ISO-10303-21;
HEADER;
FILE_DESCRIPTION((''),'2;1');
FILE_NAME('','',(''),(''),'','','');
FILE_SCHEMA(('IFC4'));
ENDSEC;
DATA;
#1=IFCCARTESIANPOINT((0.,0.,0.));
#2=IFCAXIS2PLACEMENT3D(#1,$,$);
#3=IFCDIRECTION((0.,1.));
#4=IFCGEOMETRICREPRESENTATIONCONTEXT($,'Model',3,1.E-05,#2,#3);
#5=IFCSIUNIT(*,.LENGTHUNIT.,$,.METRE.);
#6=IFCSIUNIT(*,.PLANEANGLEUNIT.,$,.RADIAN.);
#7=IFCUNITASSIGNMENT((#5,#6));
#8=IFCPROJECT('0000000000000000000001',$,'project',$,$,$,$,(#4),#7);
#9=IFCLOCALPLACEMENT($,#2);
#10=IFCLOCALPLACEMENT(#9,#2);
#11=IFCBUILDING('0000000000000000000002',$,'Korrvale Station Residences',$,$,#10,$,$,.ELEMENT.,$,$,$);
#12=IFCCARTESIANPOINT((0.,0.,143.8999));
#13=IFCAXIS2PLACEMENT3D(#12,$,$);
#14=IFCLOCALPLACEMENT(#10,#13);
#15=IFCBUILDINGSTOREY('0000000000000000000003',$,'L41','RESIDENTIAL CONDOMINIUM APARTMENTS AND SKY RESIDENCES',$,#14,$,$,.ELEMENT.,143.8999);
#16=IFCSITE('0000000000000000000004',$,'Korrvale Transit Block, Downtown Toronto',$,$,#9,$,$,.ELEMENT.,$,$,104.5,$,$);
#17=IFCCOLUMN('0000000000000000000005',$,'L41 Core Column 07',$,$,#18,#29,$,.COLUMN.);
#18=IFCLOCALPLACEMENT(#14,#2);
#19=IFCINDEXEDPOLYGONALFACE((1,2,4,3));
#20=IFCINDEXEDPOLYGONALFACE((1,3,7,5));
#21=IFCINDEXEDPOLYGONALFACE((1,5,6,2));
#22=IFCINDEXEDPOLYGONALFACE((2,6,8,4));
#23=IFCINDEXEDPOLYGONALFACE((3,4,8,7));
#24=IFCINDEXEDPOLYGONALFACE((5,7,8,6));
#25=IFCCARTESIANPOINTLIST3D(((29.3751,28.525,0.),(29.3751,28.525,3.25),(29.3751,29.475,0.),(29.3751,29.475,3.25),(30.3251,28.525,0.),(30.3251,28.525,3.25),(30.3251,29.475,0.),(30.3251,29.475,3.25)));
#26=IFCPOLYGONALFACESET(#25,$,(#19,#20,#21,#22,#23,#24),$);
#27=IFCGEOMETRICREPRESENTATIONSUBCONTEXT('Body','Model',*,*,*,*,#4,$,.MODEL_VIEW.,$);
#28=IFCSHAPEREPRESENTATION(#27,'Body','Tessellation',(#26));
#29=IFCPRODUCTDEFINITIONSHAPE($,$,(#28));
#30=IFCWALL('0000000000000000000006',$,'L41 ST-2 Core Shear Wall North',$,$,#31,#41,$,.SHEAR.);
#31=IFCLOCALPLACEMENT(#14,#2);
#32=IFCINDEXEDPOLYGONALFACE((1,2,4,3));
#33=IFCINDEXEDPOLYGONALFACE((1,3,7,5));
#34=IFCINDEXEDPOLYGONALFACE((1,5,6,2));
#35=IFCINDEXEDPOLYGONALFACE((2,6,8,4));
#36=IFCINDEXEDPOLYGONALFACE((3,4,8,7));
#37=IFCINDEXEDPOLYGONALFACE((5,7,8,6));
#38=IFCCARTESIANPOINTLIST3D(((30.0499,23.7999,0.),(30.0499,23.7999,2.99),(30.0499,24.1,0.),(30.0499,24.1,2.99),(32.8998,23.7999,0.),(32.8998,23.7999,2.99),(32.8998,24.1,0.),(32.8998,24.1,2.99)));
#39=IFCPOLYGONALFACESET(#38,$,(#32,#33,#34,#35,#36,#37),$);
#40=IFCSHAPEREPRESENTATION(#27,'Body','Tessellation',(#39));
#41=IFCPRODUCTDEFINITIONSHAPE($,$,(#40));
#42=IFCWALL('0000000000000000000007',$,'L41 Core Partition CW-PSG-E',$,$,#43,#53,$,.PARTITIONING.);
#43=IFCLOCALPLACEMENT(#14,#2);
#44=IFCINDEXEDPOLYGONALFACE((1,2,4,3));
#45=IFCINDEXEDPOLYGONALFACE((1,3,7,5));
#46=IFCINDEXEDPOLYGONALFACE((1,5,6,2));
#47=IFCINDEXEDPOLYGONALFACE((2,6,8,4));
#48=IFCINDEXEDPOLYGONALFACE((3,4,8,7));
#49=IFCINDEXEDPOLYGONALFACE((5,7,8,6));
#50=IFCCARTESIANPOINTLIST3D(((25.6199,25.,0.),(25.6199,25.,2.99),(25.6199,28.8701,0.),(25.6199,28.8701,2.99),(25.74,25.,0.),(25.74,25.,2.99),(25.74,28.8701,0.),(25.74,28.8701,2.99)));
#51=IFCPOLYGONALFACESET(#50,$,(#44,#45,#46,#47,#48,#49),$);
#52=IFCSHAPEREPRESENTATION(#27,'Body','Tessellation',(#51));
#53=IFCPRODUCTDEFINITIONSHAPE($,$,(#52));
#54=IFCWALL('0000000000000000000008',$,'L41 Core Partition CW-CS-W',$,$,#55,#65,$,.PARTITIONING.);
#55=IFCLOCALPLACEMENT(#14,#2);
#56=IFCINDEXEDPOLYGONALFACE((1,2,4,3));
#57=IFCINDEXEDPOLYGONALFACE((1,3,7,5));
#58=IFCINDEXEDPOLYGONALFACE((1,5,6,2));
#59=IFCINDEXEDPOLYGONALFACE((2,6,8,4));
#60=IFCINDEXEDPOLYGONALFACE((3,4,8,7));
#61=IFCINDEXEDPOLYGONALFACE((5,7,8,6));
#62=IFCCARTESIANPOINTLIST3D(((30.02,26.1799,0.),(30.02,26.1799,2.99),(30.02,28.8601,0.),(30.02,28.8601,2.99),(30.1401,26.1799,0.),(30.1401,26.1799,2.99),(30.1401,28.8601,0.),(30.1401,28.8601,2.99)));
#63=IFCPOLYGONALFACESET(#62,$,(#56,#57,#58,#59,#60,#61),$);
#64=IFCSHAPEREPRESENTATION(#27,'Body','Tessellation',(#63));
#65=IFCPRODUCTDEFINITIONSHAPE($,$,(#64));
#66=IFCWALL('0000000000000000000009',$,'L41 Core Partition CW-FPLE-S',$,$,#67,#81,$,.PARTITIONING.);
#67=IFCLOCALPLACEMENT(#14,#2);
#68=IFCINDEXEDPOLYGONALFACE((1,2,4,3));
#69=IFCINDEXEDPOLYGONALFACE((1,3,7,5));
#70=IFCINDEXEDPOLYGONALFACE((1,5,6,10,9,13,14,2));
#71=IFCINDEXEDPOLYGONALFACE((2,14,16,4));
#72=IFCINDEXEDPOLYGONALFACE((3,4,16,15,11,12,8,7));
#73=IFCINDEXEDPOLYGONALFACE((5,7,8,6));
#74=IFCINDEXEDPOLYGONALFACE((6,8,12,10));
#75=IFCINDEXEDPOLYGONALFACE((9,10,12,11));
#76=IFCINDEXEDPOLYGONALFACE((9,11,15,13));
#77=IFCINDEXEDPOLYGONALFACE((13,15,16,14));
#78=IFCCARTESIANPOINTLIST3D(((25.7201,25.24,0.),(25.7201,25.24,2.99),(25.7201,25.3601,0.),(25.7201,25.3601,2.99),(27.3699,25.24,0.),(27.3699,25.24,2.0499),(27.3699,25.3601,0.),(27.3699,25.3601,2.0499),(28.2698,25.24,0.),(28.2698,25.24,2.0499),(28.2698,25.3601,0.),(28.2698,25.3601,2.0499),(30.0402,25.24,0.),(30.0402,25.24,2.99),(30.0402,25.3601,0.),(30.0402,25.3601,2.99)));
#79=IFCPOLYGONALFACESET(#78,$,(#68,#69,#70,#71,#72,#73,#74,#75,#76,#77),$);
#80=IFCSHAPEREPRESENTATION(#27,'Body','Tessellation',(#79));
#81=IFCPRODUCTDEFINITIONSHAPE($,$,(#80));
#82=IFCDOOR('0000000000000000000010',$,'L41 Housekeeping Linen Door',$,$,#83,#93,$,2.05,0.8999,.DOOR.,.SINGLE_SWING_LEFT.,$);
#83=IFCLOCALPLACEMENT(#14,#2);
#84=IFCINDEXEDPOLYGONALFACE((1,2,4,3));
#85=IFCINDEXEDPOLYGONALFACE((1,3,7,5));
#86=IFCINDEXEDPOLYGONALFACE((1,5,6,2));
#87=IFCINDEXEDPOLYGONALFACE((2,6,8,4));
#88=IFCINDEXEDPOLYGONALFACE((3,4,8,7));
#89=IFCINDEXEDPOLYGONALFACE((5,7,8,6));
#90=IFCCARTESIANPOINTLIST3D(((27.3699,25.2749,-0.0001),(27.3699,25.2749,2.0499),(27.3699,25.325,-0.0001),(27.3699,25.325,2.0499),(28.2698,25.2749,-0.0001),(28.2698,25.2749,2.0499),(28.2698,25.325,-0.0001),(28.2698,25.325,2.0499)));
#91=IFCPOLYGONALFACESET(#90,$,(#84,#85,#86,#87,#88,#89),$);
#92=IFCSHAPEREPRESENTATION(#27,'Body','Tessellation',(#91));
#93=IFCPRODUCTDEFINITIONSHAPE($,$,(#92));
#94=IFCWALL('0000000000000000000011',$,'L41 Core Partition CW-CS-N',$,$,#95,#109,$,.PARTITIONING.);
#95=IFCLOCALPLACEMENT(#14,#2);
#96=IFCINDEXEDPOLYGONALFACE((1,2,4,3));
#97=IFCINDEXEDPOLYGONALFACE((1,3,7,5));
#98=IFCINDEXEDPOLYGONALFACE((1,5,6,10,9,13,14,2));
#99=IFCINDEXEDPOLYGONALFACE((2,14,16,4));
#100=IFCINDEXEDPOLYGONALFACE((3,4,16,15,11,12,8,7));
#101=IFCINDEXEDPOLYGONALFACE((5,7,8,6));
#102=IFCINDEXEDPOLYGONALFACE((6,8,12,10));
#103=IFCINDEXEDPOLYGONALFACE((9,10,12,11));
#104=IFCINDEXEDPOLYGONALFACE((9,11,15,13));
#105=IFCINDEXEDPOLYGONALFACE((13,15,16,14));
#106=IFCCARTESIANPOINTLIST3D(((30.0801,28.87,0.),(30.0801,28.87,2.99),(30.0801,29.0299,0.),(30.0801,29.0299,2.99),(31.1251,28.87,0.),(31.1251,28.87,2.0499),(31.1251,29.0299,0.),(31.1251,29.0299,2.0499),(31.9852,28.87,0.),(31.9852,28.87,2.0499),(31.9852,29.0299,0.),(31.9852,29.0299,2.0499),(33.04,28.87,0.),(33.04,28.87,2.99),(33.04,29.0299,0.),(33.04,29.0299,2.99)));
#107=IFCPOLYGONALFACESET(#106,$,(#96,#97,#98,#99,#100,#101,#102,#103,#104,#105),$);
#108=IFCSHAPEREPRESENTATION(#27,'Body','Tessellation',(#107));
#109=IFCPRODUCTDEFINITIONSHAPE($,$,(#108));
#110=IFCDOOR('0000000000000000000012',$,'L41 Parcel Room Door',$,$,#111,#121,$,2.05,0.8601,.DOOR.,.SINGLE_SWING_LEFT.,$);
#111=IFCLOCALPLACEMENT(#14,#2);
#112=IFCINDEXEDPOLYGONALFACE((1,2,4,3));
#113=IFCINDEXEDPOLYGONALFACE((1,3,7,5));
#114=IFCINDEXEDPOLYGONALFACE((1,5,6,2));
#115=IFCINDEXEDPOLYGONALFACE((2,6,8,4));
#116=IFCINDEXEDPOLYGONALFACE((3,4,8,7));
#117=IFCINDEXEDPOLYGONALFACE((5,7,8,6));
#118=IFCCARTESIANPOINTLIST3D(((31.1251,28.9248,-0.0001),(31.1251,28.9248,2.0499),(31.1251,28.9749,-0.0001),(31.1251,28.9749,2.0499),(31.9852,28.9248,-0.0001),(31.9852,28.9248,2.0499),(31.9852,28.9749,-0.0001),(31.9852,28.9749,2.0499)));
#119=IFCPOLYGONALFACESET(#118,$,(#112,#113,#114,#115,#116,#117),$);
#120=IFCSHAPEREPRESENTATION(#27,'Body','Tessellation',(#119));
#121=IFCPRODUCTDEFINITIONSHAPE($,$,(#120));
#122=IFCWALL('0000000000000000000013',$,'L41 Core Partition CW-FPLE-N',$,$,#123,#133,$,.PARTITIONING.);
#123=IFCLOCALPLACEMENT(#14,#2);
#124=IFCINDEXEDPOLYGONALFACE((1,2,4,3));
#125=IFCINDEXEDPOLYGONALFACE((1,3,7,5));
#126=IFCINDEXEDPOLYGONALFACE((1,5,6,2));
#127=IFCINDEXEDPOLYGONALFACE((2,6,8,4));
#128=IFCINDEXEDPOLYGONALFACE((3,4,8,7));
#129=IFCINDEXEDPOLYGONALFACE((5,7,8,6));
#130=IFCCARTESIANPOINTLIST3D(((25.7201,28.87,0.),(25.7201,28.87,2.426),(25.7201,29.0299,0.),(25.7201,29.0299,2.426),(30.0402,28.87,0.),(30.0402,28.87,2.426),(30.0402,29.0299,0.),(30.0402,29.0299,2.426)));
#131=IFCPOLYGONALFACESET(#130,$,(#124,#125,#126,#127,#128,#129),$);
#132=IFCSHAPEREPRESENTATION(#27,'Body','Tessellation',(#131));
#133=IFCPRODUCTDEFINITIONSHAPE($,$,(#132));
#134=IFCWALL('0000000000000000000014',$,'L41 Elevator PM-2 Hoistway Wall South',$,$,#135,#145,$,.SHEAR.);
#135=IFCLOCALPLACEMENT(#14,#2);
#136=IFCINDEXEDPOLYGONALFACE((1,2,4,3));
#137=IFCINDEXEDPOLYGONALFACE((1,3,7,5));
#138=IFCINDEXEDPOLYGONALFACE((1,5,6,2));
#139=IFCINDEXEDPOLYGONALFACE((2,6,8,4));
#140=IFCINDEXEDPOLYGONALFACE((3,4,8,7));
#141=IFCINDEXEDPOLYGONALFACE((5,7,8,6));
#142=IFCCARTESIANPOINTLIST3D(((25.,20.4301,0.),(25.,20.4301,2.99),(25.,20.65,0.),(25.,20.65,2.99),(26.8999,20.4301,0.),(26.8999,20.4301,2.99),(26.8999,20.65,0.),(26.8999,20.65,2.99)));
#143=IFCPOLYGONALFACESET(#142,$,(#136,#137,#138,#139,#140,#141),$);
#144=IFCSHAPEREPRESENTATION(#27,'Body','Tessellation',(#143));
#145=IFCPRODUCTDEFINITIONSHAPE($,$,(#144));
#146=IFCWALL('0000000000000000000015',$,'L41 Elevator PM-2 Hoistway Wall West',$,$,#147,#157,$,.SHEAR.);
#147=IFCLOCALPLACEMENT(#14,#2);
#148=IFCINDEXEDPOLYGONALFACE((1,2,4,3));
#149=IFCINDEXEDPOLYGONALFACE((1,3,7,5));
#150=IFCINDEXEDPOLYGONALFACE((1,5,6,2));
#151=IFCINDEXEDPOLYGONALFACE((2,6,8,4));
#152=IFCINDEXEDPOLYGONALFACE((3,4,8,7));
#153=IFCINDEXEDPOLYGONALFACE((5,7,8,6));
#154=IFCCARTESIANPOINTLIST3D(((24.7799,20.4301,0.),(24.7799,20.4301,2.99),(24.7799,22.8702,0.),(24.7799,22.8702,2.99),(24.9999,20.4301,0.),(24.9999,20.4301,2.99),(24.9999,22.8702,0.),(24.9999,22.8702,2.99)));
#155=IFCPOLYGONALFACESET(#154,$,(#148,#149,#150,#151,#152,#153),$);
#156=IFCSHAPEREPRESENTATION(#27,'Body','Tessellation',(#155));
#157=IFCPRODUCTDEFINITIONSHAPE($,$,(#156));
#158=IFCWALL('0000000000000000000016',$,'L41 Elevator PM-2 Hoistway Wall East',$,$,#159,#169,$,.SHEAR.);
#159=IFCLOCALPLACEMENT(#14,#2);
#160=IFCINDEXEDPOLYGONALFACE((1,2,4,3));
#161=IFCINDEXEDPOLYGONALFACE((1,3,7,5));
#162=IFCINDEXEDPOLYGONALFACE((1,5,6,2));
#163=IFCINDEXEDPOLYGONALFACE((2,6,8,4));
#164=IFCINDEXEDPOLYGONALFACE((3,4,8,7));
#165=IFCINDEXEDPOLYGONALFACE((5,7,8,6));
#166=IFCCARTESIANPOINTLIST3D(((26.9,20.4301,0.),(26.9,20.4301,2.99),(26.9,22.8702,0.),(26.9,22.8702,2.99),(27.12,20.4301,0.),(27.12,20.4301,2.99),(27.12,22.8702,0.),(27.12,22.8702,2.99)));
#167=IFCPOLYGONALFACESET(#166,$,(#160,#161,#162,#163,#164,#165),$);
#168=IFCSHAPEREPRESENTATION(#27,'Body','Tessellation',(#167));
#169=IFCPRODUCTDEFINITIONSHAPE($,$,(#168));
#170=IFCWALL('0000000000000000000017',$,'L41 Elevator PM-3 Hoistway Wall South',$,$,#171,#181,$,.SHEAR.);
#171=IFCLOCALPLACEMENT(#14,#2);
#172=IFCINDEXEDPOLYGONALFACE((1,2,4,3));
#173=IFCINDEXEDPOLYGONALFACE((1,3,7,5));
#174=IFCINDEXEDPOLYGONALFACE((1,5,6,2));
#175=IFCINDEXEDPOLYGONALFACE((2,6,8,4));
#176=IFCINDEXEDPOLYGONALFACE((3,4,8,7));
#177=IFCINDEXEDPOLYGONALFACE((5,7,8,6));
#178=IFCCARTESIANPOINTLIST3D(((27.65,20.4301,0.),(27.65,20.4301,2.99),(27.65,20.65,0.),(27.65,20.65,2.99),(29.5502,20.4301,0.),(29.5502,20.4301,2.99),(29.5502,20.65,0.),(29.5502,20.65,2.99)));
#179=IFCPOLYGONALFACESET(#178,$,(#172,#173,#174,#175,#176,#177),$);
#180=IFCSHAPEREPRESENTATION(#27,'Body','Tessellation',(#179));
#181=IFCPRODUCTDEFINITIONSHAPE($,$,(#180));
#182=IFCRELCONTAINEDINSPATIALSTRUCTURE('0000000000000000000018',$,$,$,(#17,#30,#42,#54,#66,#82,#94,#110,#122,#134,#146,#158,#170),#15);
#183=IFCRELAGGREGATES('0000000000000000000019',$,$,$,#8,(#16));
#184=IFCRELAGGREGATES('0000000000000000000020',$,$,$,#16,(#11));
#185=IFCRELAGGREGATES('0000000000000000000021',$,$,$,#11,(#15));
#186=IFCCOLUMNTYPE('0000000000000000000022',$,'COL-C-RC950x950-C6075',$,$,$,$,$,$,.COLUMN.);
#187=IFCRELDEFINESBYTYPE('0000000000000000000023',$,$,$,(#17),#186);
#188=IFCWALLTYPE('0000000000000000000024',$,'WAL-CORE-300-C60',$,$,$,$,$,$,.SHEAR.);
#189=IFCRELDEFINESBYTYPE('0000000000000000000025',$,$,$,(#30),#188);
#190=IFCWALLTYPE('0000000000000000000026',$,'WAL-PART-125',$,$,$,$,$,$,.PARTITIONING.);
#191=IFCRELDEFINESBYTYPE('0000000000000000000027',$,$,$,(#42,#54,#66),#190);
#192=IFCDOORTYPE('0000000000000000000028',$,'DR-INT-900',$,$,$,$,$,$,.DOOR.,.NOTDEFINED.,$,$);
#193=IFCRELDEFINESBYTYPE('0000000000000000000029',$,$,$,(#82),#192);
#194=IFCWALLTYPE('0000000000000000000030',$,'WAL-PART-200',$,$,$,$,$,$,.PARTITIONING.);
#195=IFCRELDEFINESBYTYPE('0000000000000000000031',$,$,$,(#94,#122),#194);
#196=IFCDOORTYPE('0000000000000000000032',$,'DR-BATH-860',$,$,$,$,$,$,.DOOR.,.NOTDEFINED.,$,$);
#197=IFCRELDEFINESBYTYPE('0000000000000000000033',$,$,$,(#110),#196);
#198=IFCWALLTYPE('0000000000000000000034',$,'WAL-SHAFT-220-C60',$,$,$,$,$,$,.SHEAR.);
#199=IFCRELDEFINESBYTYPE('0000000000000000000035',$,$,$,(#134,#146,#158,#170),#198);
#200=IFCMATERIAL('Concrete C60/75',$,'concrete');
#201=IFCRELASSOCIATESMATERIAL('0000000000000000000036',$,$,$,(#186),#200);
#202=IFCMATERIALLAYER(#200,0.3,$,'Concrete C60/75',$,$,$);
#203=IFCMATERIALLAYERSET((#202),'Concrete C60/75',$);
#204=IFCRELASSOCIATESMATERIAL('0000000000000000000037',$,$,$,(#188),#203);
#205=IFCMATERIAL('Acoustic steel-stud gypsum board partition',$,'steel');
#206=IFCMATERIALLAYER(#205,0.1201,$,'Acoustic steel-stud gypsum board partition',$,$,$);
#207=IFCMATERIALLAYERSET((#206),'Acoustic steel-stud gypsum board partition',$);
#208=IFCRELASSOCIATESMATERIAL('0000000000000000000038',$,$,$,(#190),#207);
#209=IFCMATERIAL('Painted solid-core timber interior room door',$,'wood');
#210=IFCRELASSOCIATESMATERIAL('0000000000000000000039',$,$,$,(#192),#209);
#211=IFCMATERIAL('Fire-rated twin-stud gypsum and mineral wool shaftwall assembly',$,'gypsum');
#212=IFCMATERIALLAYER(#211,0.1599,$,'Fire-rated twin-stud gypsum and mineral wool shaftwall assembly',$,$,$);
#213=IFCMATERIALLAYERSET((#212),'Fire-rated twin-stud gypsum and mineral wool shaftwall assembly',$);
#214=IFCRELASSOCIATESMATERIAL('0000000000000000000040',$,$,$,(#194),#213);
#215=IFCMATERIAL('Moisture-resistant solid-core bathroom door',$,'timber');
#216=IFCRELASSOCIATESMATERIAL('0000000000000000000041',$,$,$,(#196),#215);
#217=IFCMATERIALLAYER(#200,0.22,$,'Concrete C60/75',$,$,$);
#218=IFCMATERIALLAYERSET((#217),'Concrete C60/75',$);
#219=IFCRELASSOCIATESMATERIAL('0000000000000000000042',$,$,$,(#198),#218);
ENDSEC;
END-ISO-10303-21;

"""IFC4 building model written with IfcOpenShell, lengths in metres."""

from ifc_helpers import new_model, si_unit, direction, frame, frame_2d, origin, origin_2d, place, context, subcontext, project, spatial, rectangle, extrude, material, layer, layer_set, material_profile, profile_set, type_object, element, fill, save


model = new_model("IFC4")

# Units and contexts
model_context = context("Model", 3, precision=1e-05, world=origin(), true_north=direction((0.0, 1.0)))
body_context = subcontext(model_context, "Body", "Model", "MODEL_VIEW")
ifc_project = project(units=[si_unit("LENGTHUNIT", "METRE"), si_unit("PLANEANGLEUNIT", "RADIAN")], contexts=[model_context])

# Site, building, storey
site_placement = place(None, origin())
site = spatial("IfcSite", under=ifc_project, at=site_placement, Name="Korrvale Transit Block, Downtown Toronto", CompositionType="ELEMENT", RefElevation=104.5)
building_placement = place(site_placement, origin())
building = spatial("IfcBuilding", under=site, at=building_placement, Name="Korrvale Station Residences", CompositionType="ELEMENT")
storey_placement = place(building_placement, frame((0.0, 0.0, 143.8999)))
storey = spatial("IfcBuildingStorey", under=building, at=storey_placement, Name="L41", Description="RESIDENTIAL CONDOMINIUM APARTMENTS AND SKY RESIDENCES", CompositionType="ELEMENT", Elevation=143.8999)

# Column
ifc_material_1 = material(Name="Concrete C60/75", Category="concrete")
ifc_material_profile = material_profile(ifc_material_1, rectangle(XDim=0.95, YDim=0.95, at=origin_2d()), Name="RC950x950")
ifc_profile_set = profile_set([ifc_material_profile], Name="Concrete C60/75")
column_type = type_object("IfcColumnType", Name="COL-C-RC950x950-C6075", PredefinedType="COLUMN", material=ifc_profile_set)
column_placement = place(storey_placement, frame((29.8501, 29.0, 0.0), z_axis=(0.0, 0.0, 1.0), x_axis=(1.0, 0.0, 0.0)))
element("IfcColumn", 1, at=column_placement, inside=storey, type_object=column_type, Name="L41 Core Column 07", PredefinedType="COLUMN", context=body_context, shape_type="SweptSolid", body=[
    extrude(rectangle(XDim=0.95, YDim=0.95, at=origin_2d()), origin(), (0.0, 0.0, 1.0), 3.25),
])

# Walls
ifc_layer_1 = layer(ifc_material_1, 0.3, Name="Concrete C60/75")
ifc_layer_set_1 = layer_set([ifc_layer_1], Name="Concrete C60/75")
wall_type_1 = type_object("IfcWallType", Name="WAL-CORE-300-C60", PredefinedType="SHEAR", material=ifc_layer_set_1)
wall_1_placement = place(storey_placement, frame((30.05, 23.95, 0.0), z_axis=(0.0, 0.0, 1.0), x_axis=(1.0, 0.0, 0.0)))
element("IfcWall", 2, at=wall_1_placement, inside=storey, type_object=wall_type_1, Name="L41 ST-2 Core Shear Wall North", PredefinedType="SHEAR", context=body_context, shape_type="SweptSolid", body=[
    extrude(rectangle(XDim=2.8499, YDim=0.3, at=frame_2d((1.4248, 0.0))), origin(), (0.0, 0.0, 1.0), 2.99),
])
ifc_material_2 = material(Name="Acoustic steel-stud gypsum board partition", Category="steel")
ifc_layer_2 = layer(ifc_material_2, 0.1201, Name="Acoustic steel-stud gypsum board partition")
ifc_layer_set_2 = layer_set([ifc_layer_2], Name="Acoustic steel-stud gypsum board partition")
wall_type_2 = type_object("IfcWallType", Name="WAL-PART-125", PredefinedType="PARTITIONING", material=ifc_layer_set_2)
wall_2_placement = place(storey_placement, frame((25.6799, 25.0, 0.0), z_axis=(0.0, 0.0, 1.0), x_axis=(0.0, 1.0, 0.0)))
element("IfcWall", 3, at=wall_2_placement, inside=storey, type_object=wall_type_2, Name="L41 Core Partition CW-PSG-E", PredefinedType="PARTITIONING", context=body_context, shape_type="SweptSolid", body=[
    extrude(rectangle(XDim=3.8701, YDim=0.1201, at=frame_2d((1.9351, 0.0))), origin(), (0.0, 0.0, 1.0), 2.99),
])
wall_3_placement = place(storey_placement, frame((30.0801, 26.1799, 0.0), z_axis=(0.0, 0.0, 1.0), x_axis=(0.0, 1.0, 0.0)))
element("IfcWall", 4, at=wall_3_placement, inside=storey, type_object=wall_type_2, Name="L41 Core Partition CW-CS-W", PredefinedType="PARTITIONING", context=body_context, shape_type="SweptSolid", body=[
    extrude(rectangle(XDim=2.6802, YDim=0.1201, at=frame_2d((1.3401, 0.0))), origin(), (0.0, 0.0, 1.0), 2.99),
])

# Walls, openings, doors
wall_4_placement = place(storey_placement, frame((25.72, 25.3, 0.0), z_axis=(0.0, 0.0, 1.0), x_axis=(1.0, 0.0, 0.0)))
wall_4 = element("IfcWall", 5, at=wall_4_placement, inside=storey, type_object=wall_type_2, Name="L41 Core Partition CW-FPLE-S", PredefinedType="PARTITIONING", context=body_context, shape_type="SweptSolid", body=[
    extrude(rectangle(XDim=4.3201, YDim=0.1201, at=frame_2d((2.1602, 0.0))), origin(), (0.0, 0.0, 1.0), 2.99),
])
opening_1_placement = place(wall_4_placement, frame((1.6499, 0.0, 0.0)))
opening_1 = element("IfcOpeningElement", 6, at=opening_1_placement, cuts=wall_4, PredefinedType="OPENING", context=body_context, shape_type="SweptSolid", body=[
    extrude(rectangle(XDim=0.8999, YDim=2.05, at=frame_2d((0.45, 1.0249))), frame((0.0, 0.0701, 0.0), z_axis=(0.0, -1.0, 0.0), x_axis=(1.0, 0.0, 0.0)), (0.0, 0.0, 1.0), 0.1401),
])
ifc_material_3 = material(Name="Painted solid-core timber interior room door", Category="wood")
door_type_1 = type_object("IfcDoorType", Name="DR-INT-900", OperationType="NOTDEFINED", PredefinedType="DOOR", material=ifc_material_3)
door_1_placement = place(opening_1_placement, origin())
door_1 = element("IfcDoor", 7, at=door_1_placement, inside=storey, type_object=door_type_1, Name="L41 Housekeeping Linen Door", OperationType="SINGLE_SWING_LEFT", OverallHeight=2.05, OverallWidth=0.8999, PredefinedType="DOOR", context=body_context, shape_type="SweptSolid", body=[
    extrude(rectangle(XDim=0.8999, YDim=2.05, at=frame_2d((0.45, 1.0249))), frame((0.0, 0.0249, 0.0), z_axis=(0.0, -1.0, 0.0), x_axis=(1.0, 0.0, 0.0)), (0.0, 0.0, 1.0), 0.05),
])
fill(opening_1, door_1)
ifc_material_4 = material(Name="Fire-rated twin-stud gypsum and mineral wool shaftwall assembly", Category="gypsum")
ifc_layer_3 = layer(ifc_material_4, 0.1599, Name="Fire-rated twin-stud gypsum and mineral wool shaftwall assembly")
ifc_layer_set_3 = layer_set([ifc_layer_3], Name="Fire-rated twin-stud gypsum and mineral wool shaftwall assembly")
wall_type_3 = type_object("IfcWallType", Name="WAL-PART-200", PredefinedType="PARTITIONING", material=ifc_layer_set_3)
wall_5_placement = place(storey_placement, frame((30.0801, 28.95, 0.0), z_axis=(0.0, 0.0, 1.0), x_axis=(1.0, 0.0, 0.0)))
wall_5 = element("IfcWall", 8, at=wall_5_placement, inside=storey, type_object=wall_type_3, Name="L41 Core Partition CW-CS-N", PredefinedType="PARTITIONING", context=body_context, shape_type="SweptSolid", body=[
    extrude(rectangle(XDim=2.96, YDim=0.1599, at=frame_2d((1.48, 0.0))), origin(), (0.0, 0.0, 1.0), 2.99),
])
opening_2_placement = place(wall_5_placement, frame((1.0449, 0.0, 0.0)))
opening_2 = element("IfcOpeningElement", 9, at=opening_2_placement, cuts=wall_5, PredefinedType="OPENING", context=body_context, shape_type="SweptSolid", body=[
    extrude(rectangle(XDim=0.8601, YDim=2.05, at=frame_2d((0.4302, 1.0249))), frame((0.0, 0.0898, 0.0), z_axis=(0.0, -1.0, 0.0), x_axis=(1.0, 0.0, 0.0)), (0.0, 0.0, 1.0), 0.1799),
])
ifc_material_5 = material(Name="Moisture-resistant solid-core bathroom door", Category="timber")
door_type_2 = type_object("IfcDoorType", Name="DR-BATH-860", OperationType="NOTDEFINED", PredefinedType="DOOR", material=ifc_material_5)
door_2_placement = place(opening_2_placement, origin())
door_2 = element("IfcDoor", 10, at=door_2_placement, inside=storey, type_object=door_type_2, Name="L41 Parcel Room Door", OperationType="SINGLE_SWING_LEFT", OverallHeight=2.05, OverallWidth=0.8601, PredefinedType="DOOR", context=body_context, shape_type="SweptSolid", body=[
    extrude(rectangle(XDim=0.8601, YDim=2.05, at=frame_2d((0.4302, 1.0249))), frame((0.0, 0.0249, 0.0), z_axis=(0.0, -1.0, 0.0), x_axis=(1.0, 0.0, 0.0)), (0.0, 0.0, 1.0), 0.05),
])
fill(opening_2, door_2)

# Walls
wall_6_placement = place(storey_placement, frame((25.72, 28.95, 0.0), z_axis=(0.0, 0.0, 1.0), x_axis=(1.0, 0.0, 0.0)))
element("IfcWall", 11, at=wall_6_placement, inside=storey, type_object=wall_type_3, Name="L41 Core Partition CW-FPLE-N", PredefinedType="PARTITIONING", context=body_context, shape_type="SweptSolid", body=[
    extrude(rectangle(XDim=4.3201, YDim=0.1599, at=frame_2d((2.1602, 0.0))), origin(), (0.0, 0.0, 1.0), 2.426),
])
ifc_layer_4 = layer(ifc_material_1, 0.22, Name="Concrete C60/75")
ifc_layer_set_4 = layer_set([ifc_layer_4], Name="Concrete C60/75")
wall_type_4 = type_object("IfcWallType", Name="WAL-SHAFT-220-C60", PredefinedType="SHEAR", material=ifc_layer_set_4)
wall_7_placement = place(storey_placement, frame((25.0, 20.54, 0.0), z_axis=(0.0, 0.0, 1.0), x_axis=(1.0, 0.0, 0.0)))
element("IfcWall", 12, at=wall_7_placement, inside=storey, type_object=wall_type_4, Name="L41 Elevator PM-2 Hoistway Wall South", PredefinedType="SHEAR", context=body_context, shape_type="SweptSolid", body=[
    extrude(rectangle(XDim=1.8999, YDim=0.22, at=frame_2d((0.95, 0.0))), origin(), (0.0, 0.0, 1.0), 2.99),
])

# Walls
for number, where, z_axis, x_axis, name in (
    (13, (24.8899, 20.4299, 0.0), (0.0, 0.0, 1.0), (0.0, 1.0, 0.0), "L41 Elevator PM-2 Hoistway Wall West"),
    (14, (27.01, 20.4299, 0.0), (0.0, 0.0, 1.0), (0.0, 1.0, 0.0), "L41 Elevator PM-2 Hoistway Wall East"),
):
    element("IfcWall", number, at=place(storey_placement, frame(where, z_axis=z_axis, x_axis=x_axis)), inside=storey, type_object=wall_type_4, Name=name, PredefinedType="SHEAR", context=body_context, shape_type="SweptSolid", body=[
        extrude(rectangle(XDim=2.4402, YDim=0.22, at=frame_2d((1.2202, 0.0))), origin(), (0.0, 0.0, 1.0), 2.99),
    ])
wall_8_placement = place(storey_placement, frame((27.6499, 20.54, 0.0), z_axis=(0.0, 0.0, 1.0), x_axis=(1.0, 0.0, 0.0)))
element("IfcWall", 15, at=wall_8_placement, inside=storey, type_object=wall_type_4, Name="L41 Elevator PM-3 Hoistway Wall South", PredefinedType="SHEAR", context=body_context, shape_type="SweptSolid", body=[
    extrude(rectangle(XDim=1.9001, YDim=0.22, at=frame_2d((0.9502, 0.0))), origin(), (0.0, 0.0, 1.0), 2.99),
])

save(model, "model.ifc")
